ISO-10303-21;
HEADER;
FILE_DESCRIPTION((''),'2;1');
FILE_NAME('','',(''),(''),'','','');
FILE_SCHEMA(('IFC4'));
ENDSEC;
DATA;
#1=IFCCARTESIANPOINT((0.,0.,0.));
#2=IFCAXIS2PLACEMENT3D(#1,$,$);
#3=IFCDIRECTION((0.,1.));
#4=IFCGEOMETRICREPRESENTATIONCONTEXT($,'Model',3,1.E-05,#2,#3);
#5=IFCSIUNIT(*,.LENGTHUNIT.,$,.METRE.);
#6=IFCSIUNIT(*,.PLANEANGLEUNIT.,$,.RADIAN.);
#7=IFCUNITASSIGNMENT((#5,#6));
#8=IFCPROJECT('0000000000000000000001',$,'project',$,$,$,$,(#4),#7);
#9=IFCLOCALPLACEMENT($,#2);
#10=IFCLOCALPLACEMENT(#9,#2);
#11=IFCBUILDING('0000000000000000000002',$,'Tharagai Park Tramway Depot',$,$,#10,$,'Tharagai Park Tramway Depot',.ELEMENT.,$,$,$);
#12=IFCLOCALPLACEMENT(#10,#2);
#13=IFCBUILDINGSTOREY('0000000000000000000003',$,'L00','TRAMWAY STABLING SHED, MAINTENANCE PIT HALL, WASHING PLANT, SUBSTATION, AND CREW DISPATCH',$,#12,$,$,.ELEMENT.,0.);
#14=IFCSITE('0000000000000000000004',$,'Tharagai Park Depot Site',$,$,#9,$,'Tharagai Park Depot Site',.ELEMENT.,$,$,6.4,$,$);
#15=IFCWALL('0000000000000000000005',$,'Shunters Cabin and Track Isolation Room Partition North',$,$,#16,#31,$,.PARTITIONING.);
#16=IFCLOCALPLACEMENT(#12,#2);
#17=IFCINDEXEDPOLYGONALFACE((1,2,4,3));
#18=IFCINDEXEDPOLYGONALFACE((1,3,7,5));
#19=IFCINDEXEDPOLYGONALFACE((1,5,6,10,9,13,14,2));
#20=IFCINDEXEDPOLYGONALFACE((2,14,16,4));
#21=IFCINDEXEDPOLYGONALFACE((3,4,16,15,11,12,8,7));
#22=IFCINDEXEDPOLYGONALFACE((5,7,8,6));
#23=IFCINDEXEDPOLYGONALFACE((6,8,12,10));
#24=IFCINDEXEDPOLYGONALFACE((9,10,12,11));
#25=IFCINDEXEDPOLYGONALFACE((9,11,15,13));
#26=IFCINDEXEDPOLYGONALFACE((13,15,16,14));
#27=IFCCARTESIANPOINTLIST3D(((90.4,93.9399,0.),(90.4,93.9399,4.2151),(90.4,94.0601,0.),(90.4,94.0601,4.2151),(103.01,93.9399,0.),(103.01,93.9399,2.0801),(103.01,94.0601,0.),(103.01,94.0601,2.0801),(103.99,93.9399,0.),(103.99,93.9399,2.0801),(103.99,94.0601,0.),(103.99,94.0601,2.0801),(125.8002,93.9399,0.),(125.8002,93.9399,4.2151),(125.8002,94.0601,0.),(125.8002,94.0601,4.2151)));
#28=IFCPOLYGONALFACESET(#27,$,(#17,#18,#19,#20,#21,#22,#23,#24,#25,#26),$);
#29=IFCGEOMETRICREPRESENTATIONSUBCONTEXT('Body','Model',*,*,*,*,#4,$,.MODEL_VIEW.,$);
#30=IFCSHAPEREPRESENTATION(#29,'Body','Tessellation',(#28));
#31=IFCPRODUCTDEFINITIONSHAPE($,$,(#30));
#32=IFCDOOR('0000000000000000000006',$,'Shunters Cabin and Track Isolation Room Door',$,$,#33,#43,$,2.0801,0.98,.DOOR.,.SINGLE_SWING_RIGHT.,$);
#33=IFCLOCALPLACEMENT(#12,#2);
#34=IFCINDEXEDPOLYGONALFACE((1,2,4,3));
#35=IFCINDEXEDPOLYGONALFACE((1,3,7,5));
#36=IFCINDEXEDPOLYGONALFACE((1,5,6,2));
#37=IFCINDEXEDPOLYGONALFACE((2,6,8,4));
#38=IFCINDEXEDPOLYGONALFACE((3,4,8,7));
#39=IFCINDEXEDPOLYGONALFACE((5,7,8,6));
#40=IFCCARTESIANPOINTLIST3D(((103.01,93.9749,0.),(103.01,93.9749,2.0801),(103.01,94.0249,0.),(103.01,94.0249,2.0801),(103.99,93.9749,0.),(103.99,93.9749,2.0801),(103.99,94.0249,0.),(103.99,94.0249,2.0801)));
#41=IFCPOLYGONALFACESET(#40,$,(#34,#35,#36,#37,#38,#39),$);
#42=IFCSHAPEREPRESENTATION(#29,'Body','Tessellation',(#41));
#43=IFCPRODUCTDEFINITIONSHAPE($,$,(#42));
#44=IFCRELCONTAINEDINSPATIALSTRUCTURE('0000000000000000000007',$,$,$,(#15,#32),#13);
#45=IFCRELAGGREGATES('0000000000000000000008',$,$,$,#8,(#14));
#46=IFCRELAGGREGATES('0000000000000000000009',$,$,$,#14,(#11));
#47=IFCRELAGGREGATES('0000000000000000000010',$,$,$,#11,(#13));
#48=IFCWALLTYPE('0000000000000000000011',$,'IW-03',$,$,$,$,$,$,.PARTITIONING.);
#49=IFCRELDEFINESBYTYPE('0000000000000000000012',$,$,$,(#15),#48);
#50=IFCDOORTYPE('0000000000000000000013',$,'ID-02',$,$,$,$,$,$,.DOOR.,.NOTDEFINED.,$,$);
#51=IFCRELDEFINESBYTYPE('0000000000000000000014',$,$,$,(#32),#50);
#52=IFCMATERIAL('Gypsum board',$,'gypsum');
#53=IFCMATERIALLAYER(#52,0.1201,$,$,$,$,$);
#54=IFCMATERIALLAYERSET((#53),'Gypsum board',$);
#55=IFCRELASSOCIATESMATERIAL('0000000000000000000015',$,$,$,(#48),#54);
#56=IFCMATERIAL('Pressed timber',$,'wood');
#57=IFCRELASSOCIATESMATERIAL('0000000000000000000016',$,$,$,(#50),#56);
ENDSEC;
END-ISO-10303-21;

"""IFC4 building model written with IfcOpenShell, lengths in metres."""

from ifc_helpers import new_model, si_unit, direction, frame, frame_2d, origin, place, context, subcontext, project, spatial, rectangle, extrude, material, layer, layer_set, type_object, element, fill, save


model = new_model("IFC4")

# Units and contexts
model_context = context("Model", 3, precision=1e-05, world=origin(), true_north=direction((0.0, 1.0)))
body_context = subcontext(model_context, "Body", "Model", "MODEL_VIEW")
ifc_project = project(units=[si_unit("LENGTHUNIT", "METRE"), si_unit("PLANEANGLEUNIT", "RADIAN")], contexts=[model_context])

# Site, building, storey
site_placement = place(None, origin())
site = spatial("IfcSite", under=ifc_project, at=site_placement, Name="Tharagai Park Depot Site", LongName="Tharagai Park Depot Site", CompositionType="ELEMENT", RefElevation=6.4)
building_placement = place(site_placement, origin())
building = spatial("IfcBuilding", under=site, at=building_placement, Name="Tharagai Park Tramway Depot", LongName="Tharagai Park Tramway Depot", CompositionType="ELEMENT")
storey_placement = place(building_placement, origin())
storey = spatial("IfcBuildingStorey", under=building, at=storey_placement, Name="L00", Description="TRAMWAY STABLING SHED, MAINTENANCE PIT HALL, WASHING PLANT, SUBSTATION, AND CREW DISPATCH", CompositionType="ELEMENT", Elevation=0.0)

# Wall, opening, door
ifc_material_1 = material(Name="Gypsum board", Category="gypsum")
ifc_layer = layer(ifc_material_1, 0.1201)
ifc_layer_set = layer_set([ifc_layer], Name="Gypsum board")
wall_type = type_object("IfcWallType", Name="IW-03", PredefinedType="PARTITIONING", material=ifc_layer_set)
wall_placement = place(storey_placement, frame((90.3999, 94.0, 0.0), z_axis=(0.0, 0.0, 1.0), x_axis=(1.0, 0.0, 0.0)))
wall = element("IfcWall", 1, at=wall_placement, inside=storey, type_object=wall_type, Name="Shunters Cabin and Track Isolation Room Partition North", PredefinedType="PARTITIONING", context=body_context, shape_type="SweptSolid", body=[
    extrude(rectangle(XDim=35.4001, YDim=0.1201, at=frame_2d((17.7002, 0.0))), origin(), (0.0, 0.0, 1.0), 4.2151),
])
opening_placement = place(wall_placement, frame((12.6101, 0.0, 0.0)))
opening = element("IfcOpeningElement", 2, at=opening_placement, cuts=wall, PredefinedType="OPENING", context=body_context, shape_type="SweptSolid", body=[
    extrude(rectangle(XDim=0.98, YDim=2.0801, at=frame_2d((0.49, 1.04))), frame((0.0, 0.0701, 0.0), z_axis=(0.0, -1.0, 0.0), x_axis=(1.0, 0.0, 0.0)), (0.0, 0.0, 1.0), 0.1401),
])
ifc_material_2 = material(Name="Pressed timber", Category="wood")
door_type = type_object("IfcDoorType", Name="ID-02", OperationType="NOTDEFINED", PredefinedType="DOOR", material=ifc_material_2)
door_placement = place(opening_placement, origin())
door = element("IfcDoor", 3, at=door_placement, inside=storey, type_object=door_type, Name="Shunters Cabin and Track Isolation Room Door", OperationType="SINGLE_SWING_RIGHT", OverallHeight=2.0801, OverallWidth=0.98, PredefinedType="DOOR", context=body_context, shape_type="SweptSolid", body=[
    extrude(rectangle(XDim=0.98, YDim=2.0801, at=frame_2d((0.49, 1.04))), frame((0.0, 0.0249, 0.0), z_axis=(0.0, -1.0, 0.0), x_axis=(1.0, 0.0, 0.0)), (0.0, 0.0, 1.0), 0.05),
])
fill(opening, door)

save(model, "model.ifc")
